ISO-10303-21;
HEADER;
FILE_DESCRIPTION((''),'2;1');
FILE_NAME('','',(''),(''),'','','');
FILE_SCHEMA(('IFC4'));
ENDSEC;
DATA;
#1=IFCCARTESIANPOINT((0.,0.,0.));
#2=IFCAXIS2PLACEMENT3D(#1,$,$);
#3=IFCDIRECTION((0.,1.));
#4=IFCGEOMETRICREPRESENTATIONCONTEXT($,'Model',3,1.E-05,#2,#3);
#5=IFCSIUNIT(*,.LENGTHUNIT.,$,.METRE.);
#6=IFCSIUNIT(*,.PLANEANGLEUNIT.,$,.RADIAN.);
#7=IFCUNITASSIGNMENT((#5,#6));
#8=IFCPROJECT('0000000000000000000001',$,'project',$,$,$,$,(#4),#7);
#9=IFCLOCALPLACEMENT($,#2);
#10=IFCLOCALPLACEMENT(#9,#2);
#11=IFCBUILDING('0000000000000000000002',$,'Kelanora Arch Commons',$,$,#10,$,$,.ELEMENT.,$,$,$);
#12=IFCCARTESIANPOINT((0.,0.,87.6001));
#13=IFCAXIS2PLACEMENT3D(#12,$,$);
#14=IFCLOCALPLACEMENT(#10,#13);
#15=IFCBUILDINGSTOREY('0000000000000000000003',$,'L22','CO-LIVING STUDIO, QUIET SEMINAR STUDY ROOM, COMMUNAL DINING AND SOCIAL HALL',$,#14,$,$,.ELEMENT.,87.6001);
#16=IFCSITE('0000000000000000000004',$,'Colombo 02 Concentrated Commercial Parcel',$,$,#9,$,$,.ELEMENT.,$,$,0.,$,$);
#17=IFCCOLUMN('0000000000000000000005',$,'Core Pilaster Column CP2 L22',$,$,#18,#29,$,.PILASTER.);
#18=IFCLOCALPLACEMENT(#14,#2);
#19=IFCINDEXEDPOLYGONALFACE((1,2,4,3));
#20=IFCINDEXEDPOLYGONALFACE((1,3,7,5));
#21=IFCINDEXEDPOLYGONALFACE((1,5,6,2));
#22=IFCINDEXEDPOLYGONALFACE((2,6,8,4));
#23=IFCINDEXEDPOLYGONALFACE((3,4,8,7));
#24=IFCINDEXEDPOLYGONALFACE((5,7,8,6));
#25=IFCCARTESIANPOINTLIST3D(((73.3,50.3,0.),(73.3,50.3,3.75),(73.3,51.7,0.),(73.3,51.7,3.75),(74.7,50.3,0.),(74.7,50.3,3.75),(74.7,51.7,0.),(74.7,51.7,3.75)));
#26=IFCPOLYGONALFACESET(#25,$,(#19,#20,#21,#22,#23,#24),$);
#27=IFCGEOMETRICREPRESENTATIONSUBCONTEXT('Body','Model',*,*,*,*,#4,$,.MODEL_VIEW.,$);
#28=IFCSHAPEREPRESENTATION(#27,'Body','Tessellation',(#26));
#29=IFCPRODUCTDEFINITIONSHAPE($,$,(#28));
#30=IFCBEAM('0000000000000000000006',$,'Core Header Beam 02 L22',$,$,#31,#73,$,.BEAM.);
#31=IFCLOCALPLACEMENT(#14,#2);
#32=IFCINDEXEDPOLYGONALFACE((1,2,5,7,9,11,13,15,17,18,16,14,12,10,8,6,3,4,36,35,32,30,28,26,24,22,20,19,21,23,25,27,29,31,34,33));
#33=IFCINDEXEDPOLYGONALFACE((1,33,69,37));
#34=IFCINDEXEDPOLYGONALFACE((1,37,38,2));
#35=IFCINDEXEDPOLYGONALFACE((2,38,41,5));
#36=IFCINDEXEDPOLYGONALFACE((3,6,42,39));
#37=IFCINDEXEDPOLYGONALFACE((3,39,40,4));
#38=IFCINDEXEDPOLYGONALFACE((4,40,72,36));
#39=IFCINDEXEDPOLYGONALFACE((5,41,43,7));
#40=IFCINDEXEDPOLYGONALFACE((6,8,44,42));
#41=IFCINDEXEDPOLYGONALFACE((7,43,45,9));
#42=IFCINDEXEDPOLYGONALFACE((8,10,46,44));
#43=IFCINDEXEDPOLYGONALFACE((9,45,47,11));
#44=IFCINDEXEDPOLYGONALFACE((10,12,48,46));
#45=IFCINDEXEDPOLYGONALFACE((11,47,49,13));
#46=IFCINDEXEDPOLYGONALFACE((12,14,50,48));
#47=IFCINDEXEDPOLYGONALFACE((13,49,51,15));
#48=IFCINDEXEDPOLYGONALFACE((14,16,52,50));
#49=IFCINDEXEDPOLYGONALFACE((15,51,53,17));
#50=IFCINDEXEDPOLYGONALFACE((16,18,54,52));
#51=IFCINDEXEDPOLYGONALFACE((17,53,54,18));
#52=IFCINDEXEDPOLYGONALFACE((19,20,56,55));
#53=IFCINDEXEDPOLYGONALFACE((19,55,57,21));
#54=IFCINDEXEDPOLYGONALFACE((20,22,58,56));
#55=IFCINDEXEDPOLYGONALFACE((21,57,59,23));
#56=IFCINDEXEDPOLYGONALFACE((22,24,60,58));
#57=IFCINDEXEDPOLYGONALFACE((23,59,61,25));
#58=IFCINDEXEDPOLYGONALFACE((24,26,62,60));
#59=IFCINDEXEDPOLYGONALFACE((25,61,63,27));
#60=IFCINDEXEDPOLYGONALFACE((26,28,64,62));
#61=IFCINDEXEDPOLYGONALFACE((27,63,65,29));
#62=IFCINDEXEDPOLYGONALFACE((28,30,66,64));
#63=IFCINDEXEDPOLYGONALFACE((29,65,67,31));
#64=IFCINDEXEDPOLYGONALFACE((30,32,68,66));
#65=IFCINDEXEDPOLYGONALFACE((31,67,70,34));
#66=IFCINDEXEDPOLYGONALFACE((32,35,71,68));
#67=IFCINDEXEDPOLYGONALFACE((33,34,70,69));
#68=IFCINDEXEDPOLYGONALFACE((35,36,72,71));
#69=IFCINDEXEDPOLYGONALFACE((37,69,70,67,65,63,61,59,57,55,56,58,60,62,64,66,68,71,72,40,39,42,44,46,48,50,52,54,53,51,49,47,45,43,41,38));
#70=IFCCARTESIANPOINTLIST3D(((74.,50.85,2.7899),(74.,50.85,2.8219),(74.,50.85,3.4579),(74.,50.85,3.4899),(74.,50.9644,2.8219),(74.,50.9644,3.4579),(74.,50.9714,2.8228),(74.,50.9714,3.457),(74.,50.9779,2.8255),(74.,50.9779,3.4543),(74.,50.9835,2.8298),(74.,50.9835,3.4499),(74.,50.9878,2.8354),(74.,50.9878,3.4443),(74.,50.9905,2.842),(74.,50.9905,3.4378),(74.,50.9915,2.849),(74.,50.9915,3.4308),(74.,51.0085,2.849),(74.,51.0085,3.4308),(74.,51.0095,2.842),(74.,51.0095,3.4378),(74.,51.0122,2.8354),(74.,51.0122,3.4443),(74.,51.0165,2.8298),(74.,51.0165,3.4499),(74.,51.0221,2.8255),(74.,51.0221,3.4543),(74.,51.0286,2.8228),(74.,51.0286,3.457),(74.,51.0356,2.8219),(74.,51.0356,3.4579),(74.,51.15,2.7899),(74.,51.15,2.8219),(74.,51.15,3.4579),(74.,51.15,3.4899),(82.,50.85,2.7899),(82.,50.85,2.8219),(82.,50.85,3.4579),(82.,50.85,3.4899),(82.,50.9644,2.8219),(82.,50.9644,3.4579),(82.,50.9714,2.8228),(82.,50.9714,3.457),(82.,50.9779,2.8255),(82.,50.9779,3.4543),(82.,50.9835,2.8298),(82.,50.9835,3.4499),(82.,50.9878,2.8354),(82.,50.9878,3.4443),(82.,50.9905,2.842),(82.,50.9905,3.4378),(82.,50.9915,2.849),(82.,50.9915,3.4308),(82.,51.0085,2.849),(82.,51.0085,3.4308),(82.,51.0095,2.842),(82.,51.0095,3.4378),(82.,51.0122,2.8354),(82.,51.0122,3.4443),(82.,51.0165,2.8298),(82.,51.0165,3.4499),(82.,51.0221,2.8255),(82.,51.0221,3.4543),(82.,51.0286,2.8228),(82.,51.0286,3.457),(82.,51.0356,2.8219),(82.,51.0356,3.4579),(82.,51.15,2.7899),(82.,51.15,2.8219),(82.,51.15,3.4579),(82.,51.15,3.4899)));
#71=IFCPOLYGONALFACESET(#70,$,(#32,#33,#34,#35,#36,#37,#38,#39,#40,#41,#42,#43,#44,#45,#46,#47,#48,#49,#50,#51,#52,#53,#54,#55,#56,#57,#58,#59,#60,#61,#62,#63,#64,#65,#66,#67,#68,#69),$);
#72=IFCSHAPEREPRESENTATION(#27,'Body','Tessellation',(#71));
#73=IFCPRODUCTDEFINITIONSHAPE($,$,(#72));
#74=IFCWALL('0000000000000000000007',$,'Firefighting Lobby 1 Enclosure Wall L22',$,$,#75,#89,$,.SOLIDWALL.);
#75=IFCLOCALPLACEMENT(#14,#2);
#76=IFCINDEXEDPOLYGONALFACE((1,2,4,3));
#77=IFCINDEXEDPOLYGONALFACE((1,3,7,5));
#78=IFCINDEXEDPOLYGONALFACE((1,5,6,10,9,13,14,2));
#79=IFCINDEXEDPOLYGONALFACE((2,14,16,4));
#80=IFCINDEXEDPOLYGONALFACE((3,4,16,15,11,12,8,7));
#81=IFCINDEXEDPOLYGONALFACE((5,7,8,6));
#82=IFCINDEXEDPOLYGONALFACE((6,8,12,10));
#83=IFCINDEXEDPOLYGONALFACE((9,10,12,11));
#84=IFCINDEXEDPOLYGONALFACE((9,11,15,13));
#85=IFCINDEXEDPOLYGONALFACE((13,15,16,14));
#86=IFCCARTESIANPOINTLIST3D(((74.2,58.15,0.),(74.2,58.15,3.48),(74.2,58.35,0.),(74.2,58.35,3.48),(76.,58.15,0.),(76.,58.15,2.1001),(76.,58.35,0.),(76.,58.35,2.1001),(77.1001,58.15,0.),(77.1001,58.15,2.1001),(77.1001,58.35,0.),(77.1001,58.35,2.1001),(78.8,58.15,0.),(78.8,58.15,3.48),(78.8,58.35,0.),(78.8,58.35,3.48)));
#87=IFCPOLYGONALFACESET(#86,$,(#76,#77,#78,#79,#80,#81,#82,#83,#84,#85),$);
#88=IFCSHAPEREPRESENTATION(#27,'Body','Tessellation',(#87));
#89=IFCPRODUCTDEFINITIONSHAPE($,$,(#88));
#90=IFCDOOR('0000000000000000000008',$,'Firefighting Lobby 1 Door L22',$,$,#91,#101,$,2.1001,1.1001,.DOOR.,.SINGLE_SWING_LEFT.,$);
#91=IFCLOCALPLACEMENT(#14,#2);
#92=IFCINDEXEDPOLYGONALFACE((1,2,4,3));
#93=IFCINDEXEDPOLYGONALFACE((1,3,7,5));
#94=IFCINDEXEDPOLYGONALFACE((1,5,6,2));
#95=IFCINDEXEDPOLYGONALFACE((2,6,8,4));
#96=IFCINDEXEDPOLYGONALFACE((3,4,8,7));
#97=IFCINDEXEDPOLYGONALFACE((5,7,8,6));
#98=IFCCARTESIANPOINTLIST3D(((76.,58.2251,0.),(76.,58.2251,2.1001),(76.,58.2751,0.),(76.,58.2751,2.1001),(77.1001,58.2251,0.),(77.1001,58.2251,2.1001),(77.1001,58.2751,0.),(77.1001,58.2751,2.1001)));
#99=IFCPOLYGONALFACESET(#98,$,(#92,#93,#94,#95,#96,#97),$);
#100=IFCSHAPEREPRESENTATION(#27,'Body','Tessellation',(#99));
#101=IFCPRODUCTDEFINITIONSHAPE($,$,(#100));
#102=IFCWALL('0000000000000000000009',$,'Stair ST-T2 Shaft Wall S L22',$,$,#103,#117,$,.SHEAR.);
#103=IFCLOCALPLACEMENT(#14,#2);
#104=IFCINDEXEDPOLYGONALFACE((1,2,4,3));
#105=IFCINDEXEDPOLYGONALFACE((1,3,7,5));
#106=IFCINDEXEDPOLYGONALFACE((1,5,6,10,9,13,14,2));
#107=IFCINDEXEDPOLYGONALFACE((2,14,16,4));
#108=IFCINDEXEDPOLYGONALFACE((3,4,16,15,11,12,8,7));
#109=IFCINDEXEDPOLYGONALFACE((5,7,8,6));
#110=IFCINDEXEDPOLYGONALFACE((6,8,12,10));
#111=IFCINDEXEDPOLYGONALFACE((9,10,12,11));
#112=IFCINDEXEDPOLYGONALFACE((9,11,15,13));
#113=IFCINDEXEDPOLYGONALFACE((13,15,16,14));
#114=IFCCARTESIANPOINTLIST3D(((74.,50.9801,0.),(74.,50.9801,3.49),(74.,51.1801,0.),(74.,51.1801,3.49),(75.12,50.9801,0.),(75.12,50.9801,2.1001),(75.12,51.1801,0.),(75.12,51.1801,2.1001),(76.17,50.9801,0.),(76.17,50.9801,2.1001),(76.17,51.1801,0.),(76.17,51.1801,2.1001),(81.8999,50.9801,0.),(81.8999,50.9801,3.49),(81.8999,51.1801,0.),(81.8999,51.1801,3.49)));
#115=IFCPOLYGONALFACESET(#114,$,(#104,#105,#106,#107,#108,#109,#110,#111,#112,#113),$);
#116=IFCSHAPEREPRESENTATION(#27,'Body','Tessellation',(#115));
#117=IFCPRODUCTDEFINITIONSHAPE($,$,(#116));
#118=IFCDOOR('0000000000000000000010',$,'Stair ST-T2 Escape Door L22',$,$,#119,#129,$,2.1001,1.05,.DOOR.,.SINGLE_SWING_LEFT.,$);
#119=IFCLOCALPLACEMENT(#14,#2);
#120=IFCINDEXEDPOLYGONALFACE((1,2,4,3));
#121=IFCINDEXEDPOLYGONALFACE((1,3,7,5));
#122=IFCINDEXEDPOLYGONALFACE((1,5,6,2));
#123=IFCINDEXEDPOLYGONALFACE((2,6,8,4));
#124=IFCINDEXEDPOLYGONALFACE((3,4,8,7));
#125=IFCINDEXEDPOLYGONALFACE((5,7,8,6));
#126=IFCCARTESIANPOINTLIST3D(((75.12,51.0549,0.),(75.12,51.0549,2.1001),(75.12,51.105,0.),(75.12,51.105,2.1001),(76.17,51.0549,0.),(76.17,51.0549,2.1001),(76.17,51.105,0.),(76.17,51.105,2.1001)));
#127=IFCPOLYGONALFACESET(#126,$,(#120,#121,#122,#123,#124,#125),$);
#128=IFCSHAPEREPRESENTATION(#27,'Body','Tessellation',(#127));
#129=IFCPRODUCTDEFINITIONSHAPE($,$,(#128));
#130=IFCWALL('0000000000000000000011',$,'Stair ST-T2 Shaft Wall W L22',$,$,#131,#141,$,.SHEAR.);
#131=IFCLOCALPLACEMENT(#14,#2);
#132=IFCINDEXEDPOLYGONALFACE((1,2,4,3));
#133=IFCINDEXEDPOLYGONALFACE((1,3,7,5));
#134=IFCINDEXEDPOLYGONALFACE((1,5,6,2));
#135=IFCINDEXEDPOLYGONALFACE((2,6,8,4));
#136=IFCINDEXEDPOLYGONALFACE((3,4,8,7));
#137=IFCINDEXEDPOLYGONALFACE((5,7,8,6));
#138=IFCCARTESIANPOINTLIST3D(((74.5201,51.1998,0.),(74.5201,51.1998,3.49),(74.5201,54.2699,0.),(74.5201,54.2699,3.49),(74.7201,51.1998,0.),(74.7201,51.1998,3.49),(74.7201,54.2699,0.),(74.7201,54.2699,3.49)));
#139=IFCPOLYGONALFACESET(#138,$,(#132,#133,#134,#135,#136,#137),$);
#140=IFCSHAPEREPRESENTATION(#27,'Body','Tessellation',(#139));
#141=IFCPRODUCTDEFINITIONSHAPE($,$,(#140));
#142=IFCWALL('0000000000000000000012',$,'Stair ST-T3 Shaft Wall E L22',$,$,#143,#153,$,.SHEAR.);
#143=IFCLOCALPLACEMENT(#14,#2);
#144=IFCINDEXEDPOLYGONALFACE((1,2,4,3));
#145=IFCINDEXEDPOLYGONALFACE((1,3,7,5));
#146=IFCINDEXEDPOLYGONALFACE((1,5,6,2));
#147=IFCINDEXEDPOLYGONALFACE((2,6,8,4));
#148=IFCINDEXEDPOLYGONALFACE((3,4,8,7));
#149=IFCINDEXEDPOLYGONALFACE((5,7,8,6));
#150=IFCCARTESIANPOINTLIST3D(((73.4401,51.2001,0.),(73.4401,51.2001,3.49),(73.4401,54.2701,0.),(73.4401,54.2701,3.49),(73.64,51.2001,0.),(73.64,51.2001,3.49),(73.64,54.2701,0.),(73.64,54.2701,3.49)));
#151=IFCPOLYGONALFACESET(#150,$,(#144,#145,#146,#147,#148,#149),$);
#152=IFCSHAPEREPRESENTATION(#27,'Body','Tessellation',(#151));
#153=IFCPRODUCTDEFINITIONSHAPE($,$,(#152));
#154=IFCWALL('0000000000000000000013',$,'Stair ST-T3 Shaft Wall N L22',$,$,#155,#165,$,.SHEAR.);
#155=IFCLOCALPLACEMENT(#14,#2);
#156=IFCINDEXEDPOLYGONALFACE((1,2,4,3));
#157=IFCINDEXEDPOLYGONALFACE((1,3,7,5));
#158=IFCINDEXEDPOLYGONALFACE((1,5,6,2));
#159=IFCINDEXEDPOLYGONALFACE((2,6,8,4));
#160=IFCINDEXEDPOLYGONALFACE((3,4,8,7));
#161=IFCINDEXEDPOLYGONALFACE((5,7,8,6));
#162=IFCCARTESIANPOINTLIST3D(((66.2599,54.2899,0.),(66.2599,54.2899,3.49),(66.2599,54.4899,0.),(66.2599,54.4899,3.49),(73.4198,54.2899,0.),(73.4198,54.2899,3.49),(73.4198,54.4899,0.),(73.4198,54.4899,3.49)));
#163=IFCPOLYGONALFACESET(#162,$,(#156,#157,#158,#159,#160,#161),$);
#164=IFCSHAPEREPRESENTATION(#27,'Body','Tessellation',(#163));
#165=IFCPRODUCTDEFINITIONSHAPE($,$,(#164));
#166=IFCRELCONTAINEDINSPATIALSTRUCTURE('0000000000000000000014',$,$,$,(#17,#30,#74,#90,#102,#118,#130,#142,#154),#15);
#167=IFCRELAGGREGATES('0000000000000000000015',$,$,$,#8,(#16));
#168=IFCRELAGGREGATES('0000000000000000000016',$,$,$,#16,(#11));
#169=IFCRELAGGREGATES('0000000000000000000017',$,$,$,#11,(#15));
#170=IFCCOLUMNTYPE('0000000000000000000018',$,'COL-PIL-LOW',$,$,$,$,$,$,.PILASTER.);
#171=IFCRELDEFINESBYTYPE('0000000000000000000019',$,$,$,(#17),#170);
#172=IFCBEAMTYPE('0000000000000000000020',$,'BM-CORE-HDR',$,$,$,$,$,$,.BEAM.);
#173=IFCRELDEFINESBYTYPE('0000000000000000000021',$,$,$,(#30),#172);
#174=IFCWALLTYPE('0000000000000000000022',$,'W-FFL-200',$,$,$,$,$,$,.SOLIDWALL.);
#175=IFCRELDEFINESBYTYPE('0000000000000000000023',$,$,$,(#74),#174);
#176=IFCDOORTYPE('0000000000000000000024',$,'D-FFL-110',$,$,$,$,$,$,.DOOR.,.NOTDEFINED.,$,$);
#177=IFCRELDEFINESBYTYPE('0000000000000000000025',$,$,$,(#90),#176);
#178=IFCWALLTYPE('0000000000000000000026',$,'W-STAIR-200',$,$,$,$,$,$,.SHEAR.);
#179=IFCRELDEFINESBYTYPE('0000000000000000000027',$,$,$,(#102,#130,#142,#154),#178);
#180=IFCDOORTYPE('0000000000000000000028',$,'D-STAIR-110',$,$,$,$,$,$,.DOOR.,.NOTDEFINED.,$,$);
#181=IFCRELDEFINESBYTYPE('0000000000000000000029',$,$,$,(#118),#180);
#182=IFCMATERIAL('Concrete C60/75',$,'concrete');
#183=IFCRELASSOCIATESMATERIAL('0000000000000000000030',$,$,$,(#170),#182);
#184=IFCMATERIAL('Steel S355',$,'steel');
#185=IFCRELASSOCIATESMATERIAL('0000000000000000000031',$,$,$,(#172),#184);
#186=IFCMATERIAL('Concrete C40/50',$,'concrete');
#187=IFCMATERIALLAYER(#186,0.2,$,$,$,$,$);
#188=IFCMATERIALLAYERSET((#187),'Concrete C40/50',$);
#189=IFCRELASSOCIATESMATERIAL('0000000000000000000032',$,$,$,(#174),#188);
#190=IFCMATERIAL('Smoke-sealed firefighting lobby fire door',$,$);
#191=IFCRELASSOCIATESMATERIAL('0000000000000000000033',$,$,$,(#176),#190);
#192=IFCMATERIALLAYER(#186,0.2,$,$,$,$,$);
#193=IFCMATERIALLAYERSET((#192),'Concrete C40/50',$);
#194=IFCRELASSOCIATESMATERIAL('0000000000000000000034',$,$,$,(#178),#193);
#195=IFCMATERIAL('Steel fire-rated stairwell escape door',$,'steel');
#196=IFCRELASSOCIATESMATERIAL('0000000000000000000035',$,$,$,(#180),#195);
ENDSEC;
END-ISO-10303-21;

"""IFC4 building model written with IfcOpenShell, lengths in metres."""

from ifc_helpers import new_model, si_unit, direction, frame, frame_2d, origin, origin_2d, place, context, subcontext, project, spatial, rectangle, i_section, extrude, material, layer, layer_set, material_profile, profile_set, type_object, element, fill, save


model = new_model("IFC4")

# Units and contexts
model_context = context("Model", 3, precision=1e-05, world=origin(), true_north=direction((0.0, 1.0)))
body_context = subcontext(model_context, "Body", "Model", "MODEL_VIEW")
ifc_project = project(units=[si_unit("LENGTHUNIT", "METRE"), si_unit("PLANEANGLEUNIT", "RADIAN")], contexts=[model_context])

# Site, building, storey
site_placement = place(None, origin())
site = spatial("IfcSite", under=ifc_project, at=site_placement, Name="Colombo 02 Concentrated Commercial Parcel", CompositionType="ELEMENT", RefElevation=0.0)
building_placement = place(site_placement, origin())
building = spatial("IfcBuilding", under=site, at=building_placement, Name="Kelanora Arch Commons", CompositionType="ELEMENT")
storey_placement = place(building_placement, frame((0.0, 0.0, 87.6001)))
storey = spatial("IfcBuildingStorey", under=building, at=storey_placement, Name="L22", Description="CO-LIVING STUDIO, QUIET SEMINAR STUDY ROOM, COMMUNAL DINING AND SOCIAL HALL", CompositionType="ELEMENT", Elevation=87.6001)

# Column
ifc_material_1 = material(Name="Concrete C60/75", Category="concrete")
ifc_material_profile_1 = material_profile(ifc_material_1, rectangle(XDim=1.3999, YDim=1.3999, at=origin_2d()), Name="RC1400x1400")
ifc_profile_set_1 = profile_set([ifc_material_profile_1], Name="Concrete C60/75")
column_type = type_object("IfcColumnType", Name="COL-PIL-LOW", PredefinedType="PILASTER", material=ifc_profile_set_1)
column_placement = place(storey_placement, frame((74.0, 51.0, 0.0), z_axis=(0.0, 0.0, 1.0), x_axis=(1.0, 0.0, 0.0)))
element("IfcColumn", 1, at=column_placement, inside=storey, type_object=column_type, Name="Core Pilaster Column CP2 L22", PredefinedType="PILASTER", context=body_context, shape_type="SweptSolid", body=[
    extrude(rectangle(XDim=1.3999, YDim=1.3999, at=origin_2d()), origin(), (0.0, 0.0, 1.0), 3.75),
])

# Beam
ifc_material_2 = material(Name="Steel S355", Category="steel")
ifc_material_profile_2 = material_profile(ifc_material_2, i_section(OverallWidth=0.3, OverallDepth=0.7, WebThickness=0.0171, FlangeThickness=0.032, FilletRadius=0.0271, at=origin_2d()), Name="HEB700")
ifc_profile_set_2 = profile_set([ifc_material_profile_2], Name="Steel S355")
beam_type = type_object("IfcBeamType", Name="BM-CORE-HDR", PredefinedType="BEAM", material=ifc_profile_set_2)
beam_placement = place(storey_placement, frame((74.0, 51.0, 3.1399), z_axis=(1.0, 0.0, 0.0), x_axis=(0.0, 1.0, 0.0)))
element("IfcBeam", 2, at=beam_placement, inside=storey, type_object=beam_type, Name="Core Header Beam 02 L22", PredefinedType="BEAM", context=body_context, shape_type="SweptSolid", body=[
    extrude(i_section(OverallWidth=0.3, OverallDepth=0.7, WebThickness=0.0171, FlangeThickness=0.032, FilletRadius=0.0271, at=origin_2d()), origin(), (0.0, 0.0, 1.0), 8.0),
])

# Walls, openings, doors
ifc_material_3 = material(Name="Concrete C40/50", Category="concrete")
ifc_layer_1 = layer(ifc_material_3, 0.2)
ifc_layer_set_1 = layer_set([ifc_layer_1], Name="Concrete C40/50")
wall_type_1 = type_object("IfcWallType", Name="W-FFL-200", PredefinedType="SOLIDWALL", material=ifc_layer_set_1)
wall_1_placement = place(storey_placement, frame((74.2, 58.25, 0.0), z_axis=(0.0, 0.0, 1.0), x_axis=(1.0, 0.0, 0.0)))
wall_1 = element("IfcWall", 3, at=wall_1_placement, inside=storey, type_object=wall_type_1, Name="Firefighting Lobby 1 Enclosure Wall L22", PredefinedType="SOLIDWALL", context=body_context, shape_type="SweptSolid", body=[
    extrude(rectangle(XDim=4.6001, YDim=0.2, at=frame_2d((2.3, 0.0))), origin(), (0.0, 0.0, 1.0), 3.48),
])
opening_1_placement = place(wall_1_placement, frame((1.8, 0.0, 0.0)))
opening_1 = element("IfcOpeningElement", 4, at=opening_1_placement, cuts=wall_1, PredefinedType="OPENING", context=body_context, shape_type="SweptSolid", body=[
    extrude(rectangle(XDim=1.1001, YDim=2.1001, at=frame_2d((0.55, 1.05))), frame((0.0, 0.1099, 0.0), z_axis=(0.0, -1.0, 0.0), x_axis=(1.0, 0.0, 0.0)), (0.0, 0.0, 1.0), 0.22),
])
ifc_material_4 = material(Name="Smoke-sealed firefighting lobby fire door")
door_type_1 = type_object("IfcDoorType", Name="D-FFL-110", OperationType="NOTDEFINED", PredefinedType="DOOR", material=ifc_material_4)
door_1_placement = place(opening_1_placement, frame((1.1001, 0.0, 0.0), z_axis=(0.0, 0.0, 1.0), x_axis=(-1.0, 0.0, 0.0)))
door_1 = element("IfcDoor", 5, at=door_1_placement, inside=storey, type_object=door_type_1, Name="Firefighting Lobby 1 Door L22", OperationType="SINGLE_SWING_LEFT", OverallHeight=2.1001, OverallWidth=1.1001, PredefinedType="DOOR", context=body_context, shape_type="SweptSolid", body=[
    extrude(rectangle(XDim=1.1001, YDim=2.1001, at=frame_2d((0.55, 1.05))), frame((0.0, 0.0249, 0.0), z_axis=(0.0, -1.0, 0.0), x_axis=(1.0, 0.0, 0.0)), (0.0, 0.0, 1.0), 0.05),
])
fill(opening_1, door_1)
ifc_layer_2 = layer(ifc_material_3, 0.2)
ifc_layer_set_2 = layer_set([ifc_layer_2], Name="Concrete C40/50")
wall_type_2 = type_object("IfcWallType", Name="W-STAIR-200", PredefinedType="SHEAR", material=ifc_layer_set_2)
wall_2_placement = place(storey_placement, frame((74.0, 51.0801, 0.0), z_axis=(0.0, 0.0, 1.0), x_axis=(1.0, 0.0, 0.0)))
wall_2 = element("IfcWall", 6, at=wall_2_placement, inside=storey, type_object=wall_type_2, Name="Stair ST-T2 Shaft Wall S L22", PredefinedType="SHEAR", context=body_context, shape_type="SweptSolid", body=[
    extrude(rectangle(XDim=7.8999, YDim=0.2, at=frame_2d((3.95, 0.0))), origin(), (0.0, 0.0, 1.0), 3.49),
])
opening_2_placement = place(wall_2_placement, frame((1.1201, 0.0, 0.0)))
opening_2 = element("IfcOpeningElement", 7, at=opening_2_placement, cuts=wall_2, PredefinedType="OPENING", context=body_context, shape_type="SweptSolid", body=[
    extrude(rectangle(XDim=1.05, YDim=2.1001, at=frame_2d((0.5249, 1.05))), frame((0.0, 0.1099, 0.0), z_axis=(0.0, -1.0, 0.0), x_axis=(1.0, 0.0, 0.0)), (0.0, 0.0, 1.0), 0.22),
])
ifc_material_5 = material(Name="Steel fire-rated stairwell escape door", Category="steel")
door_type_2 = type_object("IfcDoorType", Name="D-STAIR-110", OperationType="NOTDEFINED", PredefinedType="DOOR", material=ifc_material_5)
door_2_placement = place(opening_2_placement, origin())
door_2 = element("IfcDoor", 8, at=door_2_placement, inside=storey, type_object=door_type_2, Name="Stair ST-T2 Escape Door L22", OperationType="SINGLE_SWING_LEFT", OverallHeight=2.1001, OverallWidth=1.05, PredefinedType="DOOR", context=body_context, shape_type="SweptSolid", body=[
    extrude(rectangle(XDim=1.05, YDim=2.1001, at=frame_2d((0.5249, 1.05))), frame((0.0, 0.0249, 0.0), z_axis=(0.0, -1.0, 0.0), x_axis=(1.0, 0.0, 0.0)), (0.0, 0.0, 1.0), 0.05),
])
fill(opening_2, door_2)

# Walls
for number, where, z_axis, x_axis, name in (
    (9, (74.6201, 54.27, 0.0), (0.0, 0.0, 1.0), (0.0, -1.0, 0.0), "Stair ST-T2 Shaft Wall W L22"),
    (10, (73.54, 51.2, 0.0), (0.0, 0.0, 1.0), (0.0, 1.0, 0.0), "Stair ST-T3 Shaft Wall E L22"),
):
    element("IfcWall", number, at=place(storey_placement, frame(where, z_axis=z_axis, x_axis=x_axis)), inside=storey, type_object=wall_type_2, Name=name, PredefinedType="SHEAR", context=body_context, shape_type="SweptSolid", body=[
        extrude(rectangle(XDim=3.0701, YDim=0.2, at=frame_2d((1.5352, 0.0))), origin(), (0.0, 0.0, 1.0), 3.49),
    ])
wall_3_placement = place(storey_placement, frame((73.4199, 54.3899, 0.0), z_axis=(0.0, 0.0, 1.0), x_axis=(-1.0, 0.0, 0.0)))
element("IfcWall", 11, at=wall_3_placement, inside=storey, type_object=wall_type_2, Name="Stair ST-T3 Shaft Wall N L22", PredefinedType="SHEAR", context=body_context, shape_type="SweptSolid", body=[
    extrude(rectangle(XDim=7.1599, YDim=0.2, at=frame_2d((3.5801, 0.0))), origin(), (0.0, 0.0, 1.0), 3.49),
])

save(model, "model.ifc")
